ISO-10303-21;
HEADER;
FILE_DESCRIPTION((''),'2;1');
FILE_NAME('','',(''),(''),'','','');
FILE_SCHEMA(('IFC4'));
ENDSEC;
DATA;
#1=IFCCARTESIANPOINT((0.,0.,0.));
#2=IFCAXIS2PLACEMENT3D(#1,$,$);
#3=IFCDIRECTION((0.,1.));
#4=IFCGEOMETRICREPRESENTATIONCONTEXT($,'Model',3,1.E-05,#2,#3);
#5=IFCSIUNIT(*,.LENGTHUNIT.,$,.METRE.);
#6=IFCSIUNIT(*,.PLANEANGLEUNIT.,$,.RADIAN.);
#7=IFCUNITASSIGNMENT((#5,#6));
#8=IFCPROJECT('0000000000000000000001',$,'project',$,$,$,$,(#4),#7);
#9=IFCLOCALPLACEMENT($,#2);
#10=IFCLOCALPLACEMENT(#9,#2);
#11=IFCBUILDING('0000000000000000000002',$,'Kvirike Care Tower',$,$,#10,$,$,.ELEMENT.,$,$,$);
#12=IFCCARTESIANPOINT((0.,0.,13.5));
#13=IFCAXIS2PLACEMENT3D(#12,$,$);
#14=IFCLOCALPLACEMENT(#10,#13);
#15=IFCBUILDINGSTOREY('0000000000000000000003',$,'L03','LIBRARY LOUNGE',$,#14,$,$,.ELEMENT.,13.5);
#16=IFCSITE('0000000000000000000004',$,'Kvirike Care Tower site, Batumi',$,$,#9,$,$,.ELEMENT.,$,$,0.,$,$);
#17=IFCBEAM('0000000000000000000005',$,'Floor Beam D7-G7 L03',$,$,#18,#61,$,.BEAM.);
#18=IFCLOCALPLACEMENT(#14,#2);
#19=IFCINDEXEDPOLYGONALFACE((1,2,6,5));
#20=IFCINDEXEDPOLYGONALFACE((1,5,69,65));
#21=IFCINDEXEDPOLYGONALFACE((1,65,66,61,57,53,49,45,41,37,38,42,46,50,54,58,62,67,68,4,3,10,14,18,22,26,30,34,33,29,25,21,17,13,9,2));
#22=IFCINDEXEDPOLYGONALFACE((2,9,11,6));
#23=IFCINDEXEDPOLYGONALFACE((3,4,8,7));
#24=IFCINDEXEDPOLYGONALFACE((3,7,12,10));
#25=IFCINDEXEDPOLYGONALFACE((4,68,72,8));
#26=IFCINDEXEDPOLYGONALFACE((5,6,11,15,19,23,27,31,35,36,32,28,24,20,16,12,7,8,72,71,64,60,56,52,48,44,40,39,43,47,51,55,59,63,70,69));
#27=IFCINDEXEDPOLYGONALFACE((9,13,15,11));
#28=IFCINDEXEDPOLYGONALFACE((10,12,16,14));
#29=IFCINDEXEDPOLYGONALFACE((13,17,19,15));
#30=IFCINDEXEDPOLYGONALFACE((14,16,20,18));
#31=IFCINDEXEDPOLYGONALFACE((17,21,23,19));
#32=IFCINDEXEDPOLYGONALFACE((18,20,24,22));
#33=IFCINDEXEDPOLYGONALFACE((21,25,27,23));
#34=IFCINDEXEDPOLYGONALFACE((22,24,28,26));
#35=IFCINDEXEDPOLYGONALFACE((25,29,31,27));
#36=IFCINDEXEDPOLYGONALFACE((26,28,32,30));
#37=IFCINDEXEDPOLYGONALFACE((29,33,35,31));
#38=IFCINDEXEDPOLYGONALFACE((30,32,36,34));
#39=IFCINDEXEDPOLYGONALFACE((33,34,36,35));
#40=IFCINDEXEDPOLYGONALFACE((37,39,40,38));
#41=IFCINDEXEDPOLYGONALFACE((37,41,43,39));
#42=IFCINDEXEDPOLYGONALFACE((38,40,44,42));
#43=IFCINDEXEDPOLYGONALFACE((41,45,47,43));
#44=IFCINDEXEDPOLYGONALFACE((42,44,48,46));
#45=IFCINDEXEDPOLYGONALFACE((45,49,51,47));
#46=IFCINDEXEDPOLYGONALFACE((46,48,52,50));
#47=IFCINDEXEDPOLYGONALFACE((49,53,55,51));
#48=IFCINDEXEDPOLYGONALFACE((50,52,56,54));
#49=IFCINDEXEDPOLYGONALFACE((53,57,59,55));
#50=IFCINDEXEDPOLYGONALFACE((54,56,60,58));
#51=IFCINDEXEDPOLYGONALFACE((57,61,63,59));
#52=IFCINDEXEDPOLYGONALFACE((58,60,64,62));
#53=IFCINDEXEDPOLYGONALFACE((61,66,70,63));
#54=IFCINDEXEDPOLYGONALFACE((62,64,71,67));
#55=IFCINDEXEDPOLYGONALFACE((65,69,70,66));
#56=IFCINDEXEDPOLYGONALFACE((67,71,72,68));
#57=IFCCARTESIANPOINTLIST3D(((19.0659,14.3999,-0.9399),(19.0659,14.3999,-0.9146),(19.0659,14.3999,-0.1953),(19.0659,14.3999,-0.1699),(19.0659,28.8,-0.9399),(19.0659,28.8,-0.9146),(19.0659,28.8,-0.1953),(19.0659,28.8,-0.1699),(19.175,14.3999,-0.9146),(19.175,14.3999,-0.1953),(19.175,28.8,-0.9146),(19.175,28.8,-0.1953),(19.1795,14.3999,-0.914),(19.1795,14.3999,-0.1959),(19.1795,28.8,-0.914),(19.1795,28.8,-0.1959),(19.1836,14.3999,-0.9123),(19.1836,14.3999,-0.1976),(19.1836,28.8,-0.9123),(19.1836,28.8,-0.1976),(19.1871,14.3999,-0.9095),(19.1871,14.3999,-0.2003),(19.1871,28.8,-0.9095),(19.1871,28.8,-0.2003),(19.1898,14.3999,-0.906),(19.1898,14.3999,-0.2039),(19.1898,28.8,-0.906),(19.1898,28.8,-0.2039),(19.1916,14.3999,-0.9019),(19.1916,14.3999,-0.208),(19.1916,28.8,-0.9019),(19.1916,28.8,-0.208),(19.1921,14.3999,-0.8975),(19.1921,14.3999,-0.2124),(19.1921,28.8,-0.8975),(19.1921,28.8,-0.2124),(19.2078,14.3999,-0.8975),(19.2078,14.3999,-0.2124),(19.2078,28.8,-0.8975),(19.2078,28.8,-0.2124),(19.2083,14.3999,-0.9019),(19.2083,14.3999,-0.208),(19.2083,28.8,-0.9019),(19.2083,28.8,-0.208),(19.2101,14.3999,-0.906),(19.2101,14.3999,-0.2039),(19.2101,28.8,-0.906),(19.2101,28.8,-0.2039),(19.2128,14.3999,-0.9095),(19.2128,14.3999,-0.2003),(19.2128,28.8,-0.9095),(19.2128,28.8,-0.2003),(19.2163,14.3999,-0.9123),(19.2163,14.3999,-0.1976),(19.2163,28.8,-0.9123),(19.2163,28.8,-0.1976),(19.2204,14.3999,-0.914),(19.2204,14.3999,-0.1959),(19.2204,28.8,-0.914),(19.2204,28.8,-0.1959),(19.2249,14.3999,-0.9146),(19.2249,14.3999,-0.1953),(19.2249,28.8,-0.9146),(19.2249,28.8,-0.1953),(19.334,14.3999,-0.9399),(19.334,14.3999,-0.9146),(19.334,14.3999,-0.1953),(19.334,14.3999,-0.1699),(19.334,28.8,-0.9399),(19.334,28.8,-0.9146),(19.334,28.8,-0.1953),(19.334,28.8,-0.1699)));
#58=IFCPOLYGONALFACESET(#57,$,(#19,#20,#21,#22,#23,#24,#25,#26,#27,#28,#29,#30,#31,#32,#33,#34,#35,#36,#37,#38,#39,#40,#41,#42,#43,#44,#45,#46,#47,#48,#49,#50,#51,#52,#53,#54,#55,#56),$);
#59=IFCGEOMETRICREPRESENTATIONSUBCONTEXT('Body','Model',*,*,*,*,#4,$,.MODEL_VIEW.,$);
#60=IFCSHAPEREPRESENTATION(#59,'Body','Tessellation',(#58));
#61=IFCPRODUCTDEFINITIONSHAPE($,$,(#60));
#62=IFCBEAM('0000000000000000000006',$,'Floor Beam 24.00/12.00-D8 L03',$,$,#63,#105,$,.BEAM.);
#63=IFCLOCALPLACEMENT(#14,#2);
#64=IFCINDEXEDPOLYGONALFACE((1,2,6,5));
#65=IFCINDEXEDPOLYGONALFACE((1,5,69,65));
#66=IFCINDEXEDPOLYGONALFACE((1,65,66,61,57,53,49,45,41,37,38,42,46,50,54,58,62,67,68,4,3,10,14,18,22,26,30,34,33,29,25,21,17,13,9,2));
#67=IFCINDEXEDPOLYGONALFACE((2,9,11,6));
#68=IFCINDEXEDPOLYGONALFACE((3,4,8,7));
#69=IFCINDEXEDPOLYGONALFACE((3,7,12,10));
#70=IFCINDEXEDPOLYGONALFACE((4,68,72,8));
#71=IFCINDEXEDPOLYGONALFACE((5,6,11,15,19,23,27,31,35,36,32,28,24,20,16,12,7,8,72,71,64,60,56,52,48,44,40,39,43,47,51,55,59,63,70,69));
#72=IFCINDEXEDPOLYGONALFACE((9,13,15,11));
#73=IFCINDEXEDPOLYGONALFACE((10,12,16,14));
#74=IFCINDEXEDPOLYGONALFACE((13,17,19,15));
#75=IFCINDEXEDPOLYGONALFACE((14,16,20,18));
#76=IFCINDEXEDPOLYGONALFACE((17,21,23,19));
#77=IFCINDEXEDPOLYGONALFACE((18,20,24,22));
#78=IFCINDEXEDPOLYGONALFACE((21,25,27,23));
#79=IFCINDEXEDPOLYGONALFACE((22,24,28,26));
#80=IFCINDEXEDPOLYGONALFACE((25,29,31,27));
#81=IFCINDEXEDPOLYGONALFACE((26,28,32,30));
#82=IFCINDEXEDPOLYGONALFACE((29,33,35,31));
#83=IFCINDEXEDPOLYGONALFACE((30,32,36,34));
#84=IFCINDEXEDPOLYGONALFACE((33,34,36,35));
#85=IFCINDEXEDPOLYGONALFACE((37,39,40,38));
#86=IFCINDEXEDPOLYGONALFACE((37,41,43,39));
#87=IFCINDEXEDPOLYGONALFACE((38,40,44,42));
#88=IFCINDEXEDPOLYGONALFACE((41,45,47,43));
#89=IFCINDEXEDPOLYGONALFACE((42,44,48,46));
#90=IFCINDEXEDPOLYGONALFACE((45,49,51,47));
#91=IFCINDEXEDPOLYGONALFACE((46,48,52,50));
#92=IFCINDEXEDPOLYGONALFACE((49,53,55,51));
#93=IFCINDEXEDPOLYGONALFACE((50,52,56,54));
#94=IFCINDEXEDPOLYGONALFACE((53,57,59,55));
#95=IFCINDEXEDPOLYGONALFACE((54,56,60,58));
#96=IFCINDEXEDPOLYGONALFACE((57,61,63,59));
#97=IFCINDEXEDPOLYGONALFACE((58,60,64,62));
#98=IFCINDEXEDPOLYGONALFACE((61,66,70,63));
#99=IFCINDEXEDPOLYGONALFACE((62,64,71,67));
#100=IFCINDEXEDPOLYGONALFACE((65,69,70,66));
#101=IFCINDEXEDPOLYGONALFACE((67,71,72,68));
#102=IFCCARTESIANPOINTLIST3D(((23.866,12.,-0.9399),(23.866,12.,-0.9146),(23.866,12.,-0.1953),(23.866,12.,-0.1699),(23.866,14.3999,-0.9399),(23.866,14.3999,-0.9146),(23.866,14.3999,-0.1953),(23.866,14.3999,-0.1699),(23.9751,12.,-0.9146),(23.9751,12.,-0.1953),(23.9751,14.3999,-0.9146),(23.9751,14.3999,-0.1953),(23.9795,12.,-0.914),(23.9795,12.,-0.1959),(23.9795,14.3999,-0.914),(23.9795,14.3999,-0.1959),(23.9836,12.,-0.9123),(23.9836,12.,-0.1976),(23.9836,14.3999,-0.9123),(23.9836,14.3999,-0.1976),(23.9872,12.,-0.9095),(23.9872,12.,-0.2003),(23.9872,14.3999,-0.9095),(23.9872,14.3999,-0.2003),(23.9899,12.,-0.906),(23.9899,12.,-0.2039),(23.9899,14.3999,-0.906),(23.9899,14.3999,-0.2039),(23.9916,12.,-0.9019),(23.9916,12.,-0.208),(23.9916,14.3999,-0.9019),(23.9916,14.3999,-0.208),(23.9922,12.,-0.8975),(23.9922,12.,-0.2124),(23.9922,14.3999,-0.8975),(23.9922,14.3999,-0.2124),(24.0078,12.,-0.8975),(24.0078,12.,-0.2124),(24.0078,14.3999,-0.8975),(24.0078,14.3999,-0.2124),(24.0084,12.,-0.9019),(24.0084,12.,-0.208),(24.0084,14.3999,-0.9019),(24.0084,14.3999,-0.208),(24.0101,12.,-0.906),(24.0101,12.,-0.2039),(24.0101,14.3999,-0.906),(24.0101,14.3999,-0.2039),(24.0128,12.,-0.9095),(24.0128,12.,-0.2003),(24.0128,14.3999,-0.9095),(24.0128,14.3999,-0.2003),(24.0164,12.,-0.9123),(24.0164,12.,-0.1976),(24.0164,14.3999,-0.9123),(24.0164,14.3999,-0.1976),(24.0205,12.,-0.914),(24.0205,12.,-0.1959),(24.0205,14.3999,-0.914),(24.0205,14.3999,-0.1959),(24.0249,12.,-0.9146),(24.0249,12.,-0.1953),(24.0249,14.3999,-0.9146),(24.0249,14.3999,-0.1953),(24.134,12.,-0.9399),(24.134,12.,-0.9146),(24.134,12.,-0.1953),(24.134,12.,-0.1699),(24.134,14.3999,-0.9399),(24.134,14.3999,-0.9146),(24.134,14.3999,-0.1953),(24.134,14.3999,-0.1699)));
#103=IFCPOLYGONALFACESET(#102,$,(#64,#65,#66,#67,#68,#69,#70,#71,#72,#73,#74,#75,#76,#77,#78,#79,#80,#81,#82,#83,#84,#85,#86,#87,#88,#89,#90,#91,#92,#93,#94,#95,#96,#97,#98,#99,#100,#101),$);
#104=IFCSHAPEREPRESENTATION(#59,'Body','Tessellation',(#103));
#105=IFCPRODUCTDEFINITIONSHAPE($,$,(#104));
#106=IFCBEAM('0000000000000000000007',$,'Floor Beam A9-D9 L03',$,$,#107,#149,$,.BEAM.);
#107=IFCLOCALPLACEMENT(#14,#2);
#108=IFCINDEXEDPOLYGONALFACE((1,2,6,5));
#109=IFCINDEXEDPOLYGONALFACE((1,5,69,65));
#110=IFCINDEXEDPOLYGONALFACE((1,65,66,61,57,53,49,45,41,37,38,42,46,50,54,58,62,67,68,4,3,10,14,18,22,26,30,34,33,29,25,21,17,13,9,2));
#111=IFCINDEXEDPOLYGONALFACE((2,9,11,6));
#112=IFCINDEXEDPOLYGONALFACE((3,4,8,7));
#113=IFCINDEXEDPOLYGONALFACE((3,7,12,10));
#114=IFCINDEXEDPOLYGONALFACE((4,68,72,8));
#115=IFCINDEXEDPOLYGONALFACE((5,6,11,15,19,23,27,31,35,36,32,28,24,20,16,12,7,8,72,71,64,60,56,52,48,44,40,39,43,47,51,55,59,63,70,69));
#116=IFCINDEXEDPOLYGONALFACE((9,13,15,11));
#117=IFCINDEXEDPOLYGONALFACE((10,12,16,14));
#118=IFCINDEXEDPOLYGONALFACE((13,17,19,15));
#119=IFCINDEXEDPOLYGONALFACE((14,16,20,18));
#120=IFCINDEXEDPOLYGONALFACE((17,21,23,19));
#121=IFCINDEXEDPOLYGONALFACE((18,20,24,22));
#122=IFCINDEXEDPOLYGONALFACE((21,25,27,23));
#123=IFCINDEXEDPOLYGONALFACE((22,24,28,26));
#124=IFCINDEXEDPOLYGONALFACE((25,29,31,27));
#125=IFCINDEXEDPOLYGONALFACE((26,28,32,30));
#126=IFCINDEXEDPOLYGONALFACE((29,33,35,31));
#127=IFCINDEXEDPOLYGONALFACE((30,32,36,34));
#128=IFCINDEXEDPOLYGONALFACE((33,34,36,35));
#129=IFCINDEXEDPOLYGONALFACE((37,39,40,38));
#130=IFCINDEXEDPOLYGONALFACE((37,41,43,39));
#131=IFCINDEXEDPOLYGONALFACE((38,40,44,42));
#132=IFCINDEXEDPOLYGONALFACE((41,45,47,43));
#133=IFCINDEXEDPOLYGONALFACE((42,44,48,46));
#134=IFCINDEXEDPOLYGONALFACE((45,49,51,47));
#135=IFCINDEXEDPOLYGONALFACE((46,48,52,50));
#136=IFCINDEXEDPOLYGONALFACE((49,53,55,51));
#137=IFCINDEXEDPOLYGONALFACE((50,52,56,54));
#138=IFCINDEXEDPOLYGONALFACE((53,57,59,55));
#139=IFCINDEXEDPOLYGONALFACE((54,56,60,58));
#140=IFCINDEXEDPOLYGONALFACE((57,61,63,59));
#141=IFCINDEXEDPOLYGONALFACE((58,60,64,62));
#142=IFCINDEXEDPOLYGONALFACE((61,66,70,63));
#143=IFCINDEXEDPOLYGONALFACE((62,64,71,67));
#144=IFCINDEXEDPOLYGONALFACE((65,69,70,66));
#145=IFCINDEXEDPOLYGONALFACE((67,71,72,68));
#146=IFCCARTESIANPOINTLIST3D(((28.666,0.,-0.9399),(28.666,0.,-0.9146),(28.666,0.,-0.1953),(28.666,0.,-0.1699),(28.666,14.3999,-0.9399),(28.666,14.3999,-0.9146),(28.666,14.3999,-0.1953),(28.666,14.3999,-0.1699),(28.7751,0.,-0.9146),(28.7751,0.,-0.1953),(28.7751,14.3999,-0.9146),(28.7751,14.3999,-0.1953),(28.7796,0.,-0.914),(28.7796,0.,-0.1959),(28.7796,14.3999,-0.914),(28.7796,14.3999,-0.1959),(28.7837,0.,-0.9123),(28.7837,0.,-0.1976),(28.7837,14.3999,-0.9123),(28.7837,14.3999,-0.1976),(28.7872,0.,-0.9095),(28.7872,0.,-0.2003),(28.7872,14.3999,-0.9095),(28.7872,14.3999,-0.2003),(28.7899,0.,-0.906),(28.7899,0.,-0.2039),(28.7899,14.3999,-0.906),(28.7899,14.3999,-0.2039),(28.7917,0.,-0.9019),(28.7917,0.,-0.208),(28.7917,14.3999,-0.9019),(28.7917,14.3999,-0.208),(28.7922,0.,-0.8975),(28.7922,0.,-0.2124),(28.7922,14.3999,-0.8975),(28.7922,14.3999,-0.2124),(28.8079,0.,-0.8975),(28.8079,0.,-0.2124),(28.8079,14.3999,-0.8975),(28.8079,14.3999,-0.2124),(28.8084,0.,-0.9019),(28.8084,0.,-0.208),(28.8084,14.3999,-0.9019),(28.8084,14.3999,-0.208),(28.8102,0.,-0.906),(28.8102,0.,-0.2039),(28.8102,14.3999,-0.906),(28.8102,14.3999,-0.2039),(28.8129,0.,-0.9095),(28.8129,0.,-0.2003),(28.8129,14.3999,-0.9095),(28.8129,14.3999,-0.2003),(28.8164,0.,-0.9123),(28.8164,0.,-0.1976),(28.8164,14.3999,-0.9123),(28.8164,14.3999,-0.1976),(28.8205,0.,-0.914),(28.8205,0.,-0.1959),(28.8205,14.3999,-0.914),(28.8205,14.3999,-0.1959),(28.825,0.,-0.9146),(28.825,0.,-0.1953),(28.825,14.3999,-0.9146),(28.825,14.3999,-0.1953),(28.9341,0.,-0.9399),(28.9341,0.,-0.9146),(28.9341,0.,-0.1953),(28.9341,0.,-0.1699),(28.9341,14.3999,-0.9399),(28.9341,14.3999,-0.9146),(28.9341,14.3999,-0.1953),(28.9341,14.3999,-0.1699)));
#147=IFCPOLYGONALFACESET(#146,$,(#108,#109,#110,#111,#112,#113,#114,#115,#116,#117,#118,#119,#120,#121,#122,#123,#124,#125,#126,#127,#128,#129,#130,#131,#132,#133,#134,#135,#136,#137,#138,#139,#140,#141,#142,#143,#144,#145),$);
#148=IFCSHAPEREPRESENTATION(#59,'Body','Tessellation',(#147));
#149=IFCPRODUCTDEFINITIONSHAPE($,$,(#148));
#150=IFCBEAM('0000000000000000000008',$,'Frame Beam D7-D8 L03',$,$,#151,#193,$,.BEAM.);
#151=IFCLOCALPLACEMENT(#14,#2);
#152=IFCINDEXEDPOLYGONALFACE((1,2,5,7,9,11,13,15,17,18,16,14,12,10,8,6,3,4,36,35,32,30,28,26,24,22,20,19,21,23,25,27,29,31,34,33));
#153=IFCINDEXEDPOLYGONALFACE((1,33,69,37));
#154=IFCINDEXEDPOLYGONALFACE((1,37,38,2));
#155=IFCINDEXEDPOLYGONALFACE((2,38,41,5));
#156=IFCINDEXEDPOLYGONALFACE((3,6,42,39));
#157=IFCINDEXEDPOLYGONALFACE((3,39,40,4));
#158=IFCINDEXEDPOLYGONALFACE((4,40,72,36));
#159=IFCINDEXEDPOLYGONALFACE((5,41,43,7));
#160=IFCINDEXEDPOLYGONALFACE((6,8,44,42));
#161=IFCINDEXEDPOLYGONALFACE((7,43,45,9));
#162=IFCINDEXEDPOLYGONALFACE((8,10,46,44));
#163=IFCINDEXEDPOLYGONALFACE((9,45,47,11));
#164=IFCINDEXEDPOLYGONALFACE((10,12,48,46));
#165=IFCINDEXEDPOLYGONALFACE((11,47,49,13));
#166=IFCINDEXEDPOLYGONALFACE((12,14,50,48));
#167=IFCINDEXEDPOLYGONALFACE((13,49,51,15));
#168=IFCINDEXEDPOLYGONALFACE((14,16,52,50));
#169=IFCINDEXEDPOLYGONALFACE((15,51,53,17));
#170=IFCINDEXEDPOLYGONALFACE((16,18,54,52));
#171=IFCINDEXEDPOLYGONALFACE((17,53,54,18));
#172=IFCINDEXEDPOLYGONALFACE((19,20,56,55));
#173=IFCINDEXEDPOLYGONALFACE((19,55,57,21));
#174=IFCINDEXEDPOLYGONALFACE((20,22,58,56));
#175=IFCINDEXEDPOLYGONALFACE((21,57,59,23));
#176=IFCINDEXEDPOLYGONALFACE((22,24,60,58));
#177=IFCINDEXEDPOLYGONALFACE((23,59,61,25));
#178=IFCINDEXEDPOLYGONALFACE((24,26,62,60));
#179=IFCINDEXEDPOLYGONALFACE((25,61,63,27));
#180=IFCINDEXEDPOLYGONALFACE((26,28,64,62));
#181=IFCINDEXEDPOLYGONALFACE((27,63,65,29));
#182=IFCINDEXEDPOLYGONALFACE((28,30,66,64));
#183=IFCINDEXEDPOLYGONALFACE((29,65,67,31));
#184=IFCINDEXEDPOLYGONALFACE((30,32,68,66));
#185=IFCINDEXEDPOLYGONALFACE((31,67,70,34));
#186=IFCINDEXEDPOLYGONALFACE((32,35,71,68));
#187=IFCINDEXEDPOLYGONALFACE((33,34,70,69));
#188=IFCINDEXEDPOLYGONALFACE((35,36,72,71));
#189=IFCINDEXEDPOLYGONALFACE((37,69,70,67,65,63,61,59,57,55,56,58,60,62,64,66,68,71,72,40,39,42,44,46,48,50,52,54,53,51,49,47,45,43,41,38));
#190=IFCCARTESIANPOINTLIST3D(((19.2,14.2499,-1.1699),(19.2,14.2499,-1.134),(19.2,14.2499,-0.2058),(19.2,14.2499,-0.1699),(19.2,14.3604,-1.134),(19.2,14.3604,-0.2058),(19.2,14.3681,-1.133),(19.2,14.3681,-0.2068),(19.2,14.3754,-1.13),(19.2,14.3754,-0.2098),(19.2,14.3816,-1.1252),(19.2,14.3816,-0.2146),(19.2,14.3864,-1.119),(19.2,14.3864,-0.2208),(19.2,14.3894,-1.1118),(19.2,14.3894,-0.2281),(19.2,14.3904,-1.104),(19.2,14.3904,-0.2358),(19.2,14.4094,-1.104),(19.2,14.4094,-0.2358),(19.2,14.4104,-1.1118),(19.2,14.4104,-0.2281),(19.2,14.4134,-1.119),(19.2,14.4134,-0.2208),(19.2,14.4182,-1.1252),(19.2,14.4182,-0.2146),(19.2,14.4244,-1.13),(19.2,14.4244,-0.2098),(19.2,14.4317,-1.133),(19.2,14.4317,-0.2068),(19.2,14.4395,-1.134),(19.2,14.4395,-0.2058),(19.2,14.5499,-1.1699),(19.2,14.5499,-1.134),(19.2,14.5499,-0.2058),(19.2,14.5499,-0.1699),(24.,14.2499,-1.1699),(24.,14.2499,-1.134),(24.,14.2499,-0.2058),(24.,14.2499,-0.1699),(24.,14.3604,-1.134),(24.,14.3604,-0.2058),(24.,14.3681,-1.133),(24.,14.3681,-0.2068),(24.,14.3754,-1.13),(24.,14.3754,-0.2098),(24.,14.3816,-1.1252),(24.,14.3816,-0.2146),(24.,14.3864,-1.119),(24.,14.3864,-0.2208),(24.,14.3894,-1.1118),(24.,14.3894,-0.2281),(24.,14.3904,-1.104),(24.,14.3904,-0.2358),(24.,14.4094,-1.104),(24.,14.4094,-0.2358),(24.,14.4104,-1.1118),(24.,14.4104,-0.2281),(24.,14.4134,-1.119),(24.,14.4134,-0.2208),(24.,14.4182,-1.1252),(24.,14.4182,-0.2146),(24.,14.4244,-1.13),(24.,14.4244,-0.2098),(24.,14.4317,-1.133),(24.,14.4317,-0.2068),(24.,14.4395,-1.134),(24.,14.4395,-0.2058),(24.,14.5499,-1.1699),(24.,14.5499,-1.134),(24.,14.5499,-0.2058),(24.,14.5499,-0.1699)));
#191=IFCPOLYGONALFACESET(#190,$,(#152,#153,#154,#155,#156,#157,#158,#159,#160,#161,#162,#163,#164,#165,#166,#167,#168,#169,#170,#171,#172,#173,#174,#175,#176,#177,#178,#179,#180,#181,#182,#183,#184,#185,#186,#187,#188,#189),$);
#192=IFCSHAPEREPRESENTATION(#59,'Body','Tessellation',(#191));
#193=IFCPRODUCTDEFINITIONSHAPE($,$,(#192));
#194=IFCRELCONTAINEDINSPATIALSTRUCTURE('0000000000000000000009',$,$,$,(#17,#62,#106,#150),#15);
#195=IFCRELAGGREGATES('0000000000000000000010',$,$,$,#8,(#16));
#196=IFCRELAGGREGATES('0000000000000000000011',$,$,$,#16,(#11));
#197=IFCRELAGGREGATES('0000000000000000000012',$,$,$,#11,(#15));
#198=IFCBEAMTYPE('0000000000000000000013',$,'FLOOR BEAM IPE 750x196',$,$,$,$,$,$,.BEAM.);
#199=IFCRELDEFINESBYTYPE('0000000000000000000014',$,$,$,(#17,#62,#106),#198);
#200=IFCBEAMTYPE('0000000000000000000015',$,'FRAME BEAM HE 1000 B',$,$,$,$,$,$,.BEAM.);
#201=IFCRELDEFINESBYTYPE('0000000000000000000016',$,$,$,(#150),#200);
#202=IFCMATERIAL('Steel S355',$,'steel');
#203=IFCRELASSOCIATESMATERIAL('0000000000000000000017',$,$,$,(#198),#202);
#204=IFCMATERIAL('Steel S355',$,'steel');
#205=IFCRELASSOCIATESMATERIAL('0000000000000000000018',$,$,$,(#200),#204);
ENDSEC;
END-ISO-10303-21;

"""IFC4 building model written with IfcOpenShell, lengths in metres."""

from ifc_helpers import new_model, si_unit, direction, frame, origin, origin_2d, place, context, subcontext, project, spatial, i_section, extrude, material, material_profile, profile_set, type_object, element, save


model = new_model("IFC4")

# Units and contexts
model_context = context("Model", 3, precision=1e-05, world=origin(), true_north=direction((0.0, 1.0)))
body_context = subcontext(model_context, "Body", "Model", "MODEL_VIEW")
ifc_project = project(units=[si_unit("LENGTHUNIT", "METRE"), si_unit("PLANEANGLEUNIT", "RADIAN")], contexts=[model_context])

# Site, building, storey
site_placement = place(None, origin())
site = spatial("IfcSite", under=ifc_project, at=site_placement, Name="Kvirike Care Tower site, Batumi", CompositionType="ELEMENT", RefElevation=0.0)
building_placement = place(site_placement, origin())
building = spatial("IfcBuilding", under=site, at=building_placement, Name="Kvirike Care Tower", CompositionType="ELEMENT")
storey_placement = place(building_placement, frame((0.0, 0.0, 13.5)))
storey = spatial("IfcBuildingStorey", under=building, at=storey_placement, Name="L03", Description="LIBRARY LOUNGE", CompositionType="ELEMENT", Elevation=13.5)

# Beams
ifc_material_1 = material(Name="Steel S355", Category="steel")
ifc_material_profile_1 = material_profile(ifc_material_1, i_section(OverallWidth=0.2681, OverallDepth=0.77, WebThickness=0.0156, FlangeThickness=0.0254, FilletRadius=0.0171, at=origin_2d()), Name="IPE 750x196")
ifc_profile_set_1 = profile_set([ifc_material_profile_1], Name="Steel S355")
beam_type_1 = type_object("IfcBeamType", Name="FLOOR BEAM IPE 750x196", PredefinedType="BEAM", material=ifc_profile_set_1)
beam_1_placement = place(storey_placement, frame((19.2, 14.3999, -0.5549), z_axis=(0.0, 1.0, 0.0), x_axis=(-1.0, 0.0, 0.0)))
element("IfcBeam", 1, at=beam_1_placement, inside=storey, type_object=beam_type_1, Name="Floor Beam D7-G7 L03", PredefinedType="BEAM", context=body_context, shape_type="SweptSolid", body=[
    extrude(i_section(OverallWidth=0.2681, OverallDepth=0.77, WebThickness=0.0156, FlangeThickness=0.0254, FilletRadius=0.0171, at=origin_2d()), origin(), (0.0, 0.0, 1.0), 14.4001),
])
beam_2_placement = place(storey_placement, frame((24.0, 12.0, -0.5549), z_axis=(0.0, 1.0, 0.0), x_axis=(-1.0, 0.0, 0.0)))
element("IfcBeam", 2, at=beam_2_placement, inside=storey, type_object=beam_type_1, Name="Floor Beam 24.00/12.00-D8 L03", PredefinedType="BEAM", context=body_context, shape_type="SweptSolid", body=[
    extrude(i_section(OverallWidth=0.2681, OverallDepth=0.77, WebThickness=0.0156, FlangeThickness=0.0254, FilletRadius=0.0171, at=origin_2d()), origin(), (0.0, 0.0, 1.0), 2.3999),
])
beam_3_placement = place(storey_placement, frame((28.8, 0.0, -0.5549), z_axis=(0.0, 1.0, 0.0), x_axis=(-1.0, 0.0, 0.0)))
element("IfcBeam", 3, at=beam_3_placement, inside=storey, type_object=beam_type_1, Name="Floor Beam A9-D9 L03", PredefinedType="BEAM", context=body_context, shape_type="SweptSolid", body=[
    extrude(i_section(OverallWidth=0.2681, OverallDepth=0.77, WebThickness=0.0156, FlangeThickness=0.0254, FilletRadius=0.0171, at=origin_2d()), origin(), (0.0, 0.0, 1.0), 14.3999),
])
ifc_material_2 = material(Name="Steel S355", Category="steel")
ifc_material_profile_2 = material_profile(ifc_material_2, i_section(OverallWidth=0.3, OverallDepth=1.0, WebThickness=0.019, FlangeThickness=0.0359, FilletRadius=0.03, at=origin_2d()), Name="HE 1000 B")
ifc_profile_set_2 = profile_set([ifc_material_profile_2], Name="Steel S355")
beam_type_2 = type_object("IfcBeamType", Name="FRAME BEAM HE 1000 B", PredefinedType="BEAM", material=ifc_profile_set_2)
for number, where, z_axis, x_axis, name in (
    (4, (19.2, 14.3999, -0.6699), (1.0, 0.0, 0.0), (0.0, 1.0, 0.0), "Frame Beam D7-D8 L03"),
):
    element("IfcBeam", number, at=place(storey_placement, frame(where, z_axis=z_axis, x_axis=x_axis)), inside=storey, type_object=beam_type_2, Name=name, PredefinedType="BEAM", context=body_context, shape_type="SweptSolid", body=[
        extrude(i_section(OverallWidth=0.3, OverallDepth=1.0, WebThickness=0.019, FlangeThickness=0.0359, FilletRadius=0.03, at=origin_2d()), origin(), (0.0, 0.0, 1.0), 4.8),
    ])

save(model, "model.ifc")
